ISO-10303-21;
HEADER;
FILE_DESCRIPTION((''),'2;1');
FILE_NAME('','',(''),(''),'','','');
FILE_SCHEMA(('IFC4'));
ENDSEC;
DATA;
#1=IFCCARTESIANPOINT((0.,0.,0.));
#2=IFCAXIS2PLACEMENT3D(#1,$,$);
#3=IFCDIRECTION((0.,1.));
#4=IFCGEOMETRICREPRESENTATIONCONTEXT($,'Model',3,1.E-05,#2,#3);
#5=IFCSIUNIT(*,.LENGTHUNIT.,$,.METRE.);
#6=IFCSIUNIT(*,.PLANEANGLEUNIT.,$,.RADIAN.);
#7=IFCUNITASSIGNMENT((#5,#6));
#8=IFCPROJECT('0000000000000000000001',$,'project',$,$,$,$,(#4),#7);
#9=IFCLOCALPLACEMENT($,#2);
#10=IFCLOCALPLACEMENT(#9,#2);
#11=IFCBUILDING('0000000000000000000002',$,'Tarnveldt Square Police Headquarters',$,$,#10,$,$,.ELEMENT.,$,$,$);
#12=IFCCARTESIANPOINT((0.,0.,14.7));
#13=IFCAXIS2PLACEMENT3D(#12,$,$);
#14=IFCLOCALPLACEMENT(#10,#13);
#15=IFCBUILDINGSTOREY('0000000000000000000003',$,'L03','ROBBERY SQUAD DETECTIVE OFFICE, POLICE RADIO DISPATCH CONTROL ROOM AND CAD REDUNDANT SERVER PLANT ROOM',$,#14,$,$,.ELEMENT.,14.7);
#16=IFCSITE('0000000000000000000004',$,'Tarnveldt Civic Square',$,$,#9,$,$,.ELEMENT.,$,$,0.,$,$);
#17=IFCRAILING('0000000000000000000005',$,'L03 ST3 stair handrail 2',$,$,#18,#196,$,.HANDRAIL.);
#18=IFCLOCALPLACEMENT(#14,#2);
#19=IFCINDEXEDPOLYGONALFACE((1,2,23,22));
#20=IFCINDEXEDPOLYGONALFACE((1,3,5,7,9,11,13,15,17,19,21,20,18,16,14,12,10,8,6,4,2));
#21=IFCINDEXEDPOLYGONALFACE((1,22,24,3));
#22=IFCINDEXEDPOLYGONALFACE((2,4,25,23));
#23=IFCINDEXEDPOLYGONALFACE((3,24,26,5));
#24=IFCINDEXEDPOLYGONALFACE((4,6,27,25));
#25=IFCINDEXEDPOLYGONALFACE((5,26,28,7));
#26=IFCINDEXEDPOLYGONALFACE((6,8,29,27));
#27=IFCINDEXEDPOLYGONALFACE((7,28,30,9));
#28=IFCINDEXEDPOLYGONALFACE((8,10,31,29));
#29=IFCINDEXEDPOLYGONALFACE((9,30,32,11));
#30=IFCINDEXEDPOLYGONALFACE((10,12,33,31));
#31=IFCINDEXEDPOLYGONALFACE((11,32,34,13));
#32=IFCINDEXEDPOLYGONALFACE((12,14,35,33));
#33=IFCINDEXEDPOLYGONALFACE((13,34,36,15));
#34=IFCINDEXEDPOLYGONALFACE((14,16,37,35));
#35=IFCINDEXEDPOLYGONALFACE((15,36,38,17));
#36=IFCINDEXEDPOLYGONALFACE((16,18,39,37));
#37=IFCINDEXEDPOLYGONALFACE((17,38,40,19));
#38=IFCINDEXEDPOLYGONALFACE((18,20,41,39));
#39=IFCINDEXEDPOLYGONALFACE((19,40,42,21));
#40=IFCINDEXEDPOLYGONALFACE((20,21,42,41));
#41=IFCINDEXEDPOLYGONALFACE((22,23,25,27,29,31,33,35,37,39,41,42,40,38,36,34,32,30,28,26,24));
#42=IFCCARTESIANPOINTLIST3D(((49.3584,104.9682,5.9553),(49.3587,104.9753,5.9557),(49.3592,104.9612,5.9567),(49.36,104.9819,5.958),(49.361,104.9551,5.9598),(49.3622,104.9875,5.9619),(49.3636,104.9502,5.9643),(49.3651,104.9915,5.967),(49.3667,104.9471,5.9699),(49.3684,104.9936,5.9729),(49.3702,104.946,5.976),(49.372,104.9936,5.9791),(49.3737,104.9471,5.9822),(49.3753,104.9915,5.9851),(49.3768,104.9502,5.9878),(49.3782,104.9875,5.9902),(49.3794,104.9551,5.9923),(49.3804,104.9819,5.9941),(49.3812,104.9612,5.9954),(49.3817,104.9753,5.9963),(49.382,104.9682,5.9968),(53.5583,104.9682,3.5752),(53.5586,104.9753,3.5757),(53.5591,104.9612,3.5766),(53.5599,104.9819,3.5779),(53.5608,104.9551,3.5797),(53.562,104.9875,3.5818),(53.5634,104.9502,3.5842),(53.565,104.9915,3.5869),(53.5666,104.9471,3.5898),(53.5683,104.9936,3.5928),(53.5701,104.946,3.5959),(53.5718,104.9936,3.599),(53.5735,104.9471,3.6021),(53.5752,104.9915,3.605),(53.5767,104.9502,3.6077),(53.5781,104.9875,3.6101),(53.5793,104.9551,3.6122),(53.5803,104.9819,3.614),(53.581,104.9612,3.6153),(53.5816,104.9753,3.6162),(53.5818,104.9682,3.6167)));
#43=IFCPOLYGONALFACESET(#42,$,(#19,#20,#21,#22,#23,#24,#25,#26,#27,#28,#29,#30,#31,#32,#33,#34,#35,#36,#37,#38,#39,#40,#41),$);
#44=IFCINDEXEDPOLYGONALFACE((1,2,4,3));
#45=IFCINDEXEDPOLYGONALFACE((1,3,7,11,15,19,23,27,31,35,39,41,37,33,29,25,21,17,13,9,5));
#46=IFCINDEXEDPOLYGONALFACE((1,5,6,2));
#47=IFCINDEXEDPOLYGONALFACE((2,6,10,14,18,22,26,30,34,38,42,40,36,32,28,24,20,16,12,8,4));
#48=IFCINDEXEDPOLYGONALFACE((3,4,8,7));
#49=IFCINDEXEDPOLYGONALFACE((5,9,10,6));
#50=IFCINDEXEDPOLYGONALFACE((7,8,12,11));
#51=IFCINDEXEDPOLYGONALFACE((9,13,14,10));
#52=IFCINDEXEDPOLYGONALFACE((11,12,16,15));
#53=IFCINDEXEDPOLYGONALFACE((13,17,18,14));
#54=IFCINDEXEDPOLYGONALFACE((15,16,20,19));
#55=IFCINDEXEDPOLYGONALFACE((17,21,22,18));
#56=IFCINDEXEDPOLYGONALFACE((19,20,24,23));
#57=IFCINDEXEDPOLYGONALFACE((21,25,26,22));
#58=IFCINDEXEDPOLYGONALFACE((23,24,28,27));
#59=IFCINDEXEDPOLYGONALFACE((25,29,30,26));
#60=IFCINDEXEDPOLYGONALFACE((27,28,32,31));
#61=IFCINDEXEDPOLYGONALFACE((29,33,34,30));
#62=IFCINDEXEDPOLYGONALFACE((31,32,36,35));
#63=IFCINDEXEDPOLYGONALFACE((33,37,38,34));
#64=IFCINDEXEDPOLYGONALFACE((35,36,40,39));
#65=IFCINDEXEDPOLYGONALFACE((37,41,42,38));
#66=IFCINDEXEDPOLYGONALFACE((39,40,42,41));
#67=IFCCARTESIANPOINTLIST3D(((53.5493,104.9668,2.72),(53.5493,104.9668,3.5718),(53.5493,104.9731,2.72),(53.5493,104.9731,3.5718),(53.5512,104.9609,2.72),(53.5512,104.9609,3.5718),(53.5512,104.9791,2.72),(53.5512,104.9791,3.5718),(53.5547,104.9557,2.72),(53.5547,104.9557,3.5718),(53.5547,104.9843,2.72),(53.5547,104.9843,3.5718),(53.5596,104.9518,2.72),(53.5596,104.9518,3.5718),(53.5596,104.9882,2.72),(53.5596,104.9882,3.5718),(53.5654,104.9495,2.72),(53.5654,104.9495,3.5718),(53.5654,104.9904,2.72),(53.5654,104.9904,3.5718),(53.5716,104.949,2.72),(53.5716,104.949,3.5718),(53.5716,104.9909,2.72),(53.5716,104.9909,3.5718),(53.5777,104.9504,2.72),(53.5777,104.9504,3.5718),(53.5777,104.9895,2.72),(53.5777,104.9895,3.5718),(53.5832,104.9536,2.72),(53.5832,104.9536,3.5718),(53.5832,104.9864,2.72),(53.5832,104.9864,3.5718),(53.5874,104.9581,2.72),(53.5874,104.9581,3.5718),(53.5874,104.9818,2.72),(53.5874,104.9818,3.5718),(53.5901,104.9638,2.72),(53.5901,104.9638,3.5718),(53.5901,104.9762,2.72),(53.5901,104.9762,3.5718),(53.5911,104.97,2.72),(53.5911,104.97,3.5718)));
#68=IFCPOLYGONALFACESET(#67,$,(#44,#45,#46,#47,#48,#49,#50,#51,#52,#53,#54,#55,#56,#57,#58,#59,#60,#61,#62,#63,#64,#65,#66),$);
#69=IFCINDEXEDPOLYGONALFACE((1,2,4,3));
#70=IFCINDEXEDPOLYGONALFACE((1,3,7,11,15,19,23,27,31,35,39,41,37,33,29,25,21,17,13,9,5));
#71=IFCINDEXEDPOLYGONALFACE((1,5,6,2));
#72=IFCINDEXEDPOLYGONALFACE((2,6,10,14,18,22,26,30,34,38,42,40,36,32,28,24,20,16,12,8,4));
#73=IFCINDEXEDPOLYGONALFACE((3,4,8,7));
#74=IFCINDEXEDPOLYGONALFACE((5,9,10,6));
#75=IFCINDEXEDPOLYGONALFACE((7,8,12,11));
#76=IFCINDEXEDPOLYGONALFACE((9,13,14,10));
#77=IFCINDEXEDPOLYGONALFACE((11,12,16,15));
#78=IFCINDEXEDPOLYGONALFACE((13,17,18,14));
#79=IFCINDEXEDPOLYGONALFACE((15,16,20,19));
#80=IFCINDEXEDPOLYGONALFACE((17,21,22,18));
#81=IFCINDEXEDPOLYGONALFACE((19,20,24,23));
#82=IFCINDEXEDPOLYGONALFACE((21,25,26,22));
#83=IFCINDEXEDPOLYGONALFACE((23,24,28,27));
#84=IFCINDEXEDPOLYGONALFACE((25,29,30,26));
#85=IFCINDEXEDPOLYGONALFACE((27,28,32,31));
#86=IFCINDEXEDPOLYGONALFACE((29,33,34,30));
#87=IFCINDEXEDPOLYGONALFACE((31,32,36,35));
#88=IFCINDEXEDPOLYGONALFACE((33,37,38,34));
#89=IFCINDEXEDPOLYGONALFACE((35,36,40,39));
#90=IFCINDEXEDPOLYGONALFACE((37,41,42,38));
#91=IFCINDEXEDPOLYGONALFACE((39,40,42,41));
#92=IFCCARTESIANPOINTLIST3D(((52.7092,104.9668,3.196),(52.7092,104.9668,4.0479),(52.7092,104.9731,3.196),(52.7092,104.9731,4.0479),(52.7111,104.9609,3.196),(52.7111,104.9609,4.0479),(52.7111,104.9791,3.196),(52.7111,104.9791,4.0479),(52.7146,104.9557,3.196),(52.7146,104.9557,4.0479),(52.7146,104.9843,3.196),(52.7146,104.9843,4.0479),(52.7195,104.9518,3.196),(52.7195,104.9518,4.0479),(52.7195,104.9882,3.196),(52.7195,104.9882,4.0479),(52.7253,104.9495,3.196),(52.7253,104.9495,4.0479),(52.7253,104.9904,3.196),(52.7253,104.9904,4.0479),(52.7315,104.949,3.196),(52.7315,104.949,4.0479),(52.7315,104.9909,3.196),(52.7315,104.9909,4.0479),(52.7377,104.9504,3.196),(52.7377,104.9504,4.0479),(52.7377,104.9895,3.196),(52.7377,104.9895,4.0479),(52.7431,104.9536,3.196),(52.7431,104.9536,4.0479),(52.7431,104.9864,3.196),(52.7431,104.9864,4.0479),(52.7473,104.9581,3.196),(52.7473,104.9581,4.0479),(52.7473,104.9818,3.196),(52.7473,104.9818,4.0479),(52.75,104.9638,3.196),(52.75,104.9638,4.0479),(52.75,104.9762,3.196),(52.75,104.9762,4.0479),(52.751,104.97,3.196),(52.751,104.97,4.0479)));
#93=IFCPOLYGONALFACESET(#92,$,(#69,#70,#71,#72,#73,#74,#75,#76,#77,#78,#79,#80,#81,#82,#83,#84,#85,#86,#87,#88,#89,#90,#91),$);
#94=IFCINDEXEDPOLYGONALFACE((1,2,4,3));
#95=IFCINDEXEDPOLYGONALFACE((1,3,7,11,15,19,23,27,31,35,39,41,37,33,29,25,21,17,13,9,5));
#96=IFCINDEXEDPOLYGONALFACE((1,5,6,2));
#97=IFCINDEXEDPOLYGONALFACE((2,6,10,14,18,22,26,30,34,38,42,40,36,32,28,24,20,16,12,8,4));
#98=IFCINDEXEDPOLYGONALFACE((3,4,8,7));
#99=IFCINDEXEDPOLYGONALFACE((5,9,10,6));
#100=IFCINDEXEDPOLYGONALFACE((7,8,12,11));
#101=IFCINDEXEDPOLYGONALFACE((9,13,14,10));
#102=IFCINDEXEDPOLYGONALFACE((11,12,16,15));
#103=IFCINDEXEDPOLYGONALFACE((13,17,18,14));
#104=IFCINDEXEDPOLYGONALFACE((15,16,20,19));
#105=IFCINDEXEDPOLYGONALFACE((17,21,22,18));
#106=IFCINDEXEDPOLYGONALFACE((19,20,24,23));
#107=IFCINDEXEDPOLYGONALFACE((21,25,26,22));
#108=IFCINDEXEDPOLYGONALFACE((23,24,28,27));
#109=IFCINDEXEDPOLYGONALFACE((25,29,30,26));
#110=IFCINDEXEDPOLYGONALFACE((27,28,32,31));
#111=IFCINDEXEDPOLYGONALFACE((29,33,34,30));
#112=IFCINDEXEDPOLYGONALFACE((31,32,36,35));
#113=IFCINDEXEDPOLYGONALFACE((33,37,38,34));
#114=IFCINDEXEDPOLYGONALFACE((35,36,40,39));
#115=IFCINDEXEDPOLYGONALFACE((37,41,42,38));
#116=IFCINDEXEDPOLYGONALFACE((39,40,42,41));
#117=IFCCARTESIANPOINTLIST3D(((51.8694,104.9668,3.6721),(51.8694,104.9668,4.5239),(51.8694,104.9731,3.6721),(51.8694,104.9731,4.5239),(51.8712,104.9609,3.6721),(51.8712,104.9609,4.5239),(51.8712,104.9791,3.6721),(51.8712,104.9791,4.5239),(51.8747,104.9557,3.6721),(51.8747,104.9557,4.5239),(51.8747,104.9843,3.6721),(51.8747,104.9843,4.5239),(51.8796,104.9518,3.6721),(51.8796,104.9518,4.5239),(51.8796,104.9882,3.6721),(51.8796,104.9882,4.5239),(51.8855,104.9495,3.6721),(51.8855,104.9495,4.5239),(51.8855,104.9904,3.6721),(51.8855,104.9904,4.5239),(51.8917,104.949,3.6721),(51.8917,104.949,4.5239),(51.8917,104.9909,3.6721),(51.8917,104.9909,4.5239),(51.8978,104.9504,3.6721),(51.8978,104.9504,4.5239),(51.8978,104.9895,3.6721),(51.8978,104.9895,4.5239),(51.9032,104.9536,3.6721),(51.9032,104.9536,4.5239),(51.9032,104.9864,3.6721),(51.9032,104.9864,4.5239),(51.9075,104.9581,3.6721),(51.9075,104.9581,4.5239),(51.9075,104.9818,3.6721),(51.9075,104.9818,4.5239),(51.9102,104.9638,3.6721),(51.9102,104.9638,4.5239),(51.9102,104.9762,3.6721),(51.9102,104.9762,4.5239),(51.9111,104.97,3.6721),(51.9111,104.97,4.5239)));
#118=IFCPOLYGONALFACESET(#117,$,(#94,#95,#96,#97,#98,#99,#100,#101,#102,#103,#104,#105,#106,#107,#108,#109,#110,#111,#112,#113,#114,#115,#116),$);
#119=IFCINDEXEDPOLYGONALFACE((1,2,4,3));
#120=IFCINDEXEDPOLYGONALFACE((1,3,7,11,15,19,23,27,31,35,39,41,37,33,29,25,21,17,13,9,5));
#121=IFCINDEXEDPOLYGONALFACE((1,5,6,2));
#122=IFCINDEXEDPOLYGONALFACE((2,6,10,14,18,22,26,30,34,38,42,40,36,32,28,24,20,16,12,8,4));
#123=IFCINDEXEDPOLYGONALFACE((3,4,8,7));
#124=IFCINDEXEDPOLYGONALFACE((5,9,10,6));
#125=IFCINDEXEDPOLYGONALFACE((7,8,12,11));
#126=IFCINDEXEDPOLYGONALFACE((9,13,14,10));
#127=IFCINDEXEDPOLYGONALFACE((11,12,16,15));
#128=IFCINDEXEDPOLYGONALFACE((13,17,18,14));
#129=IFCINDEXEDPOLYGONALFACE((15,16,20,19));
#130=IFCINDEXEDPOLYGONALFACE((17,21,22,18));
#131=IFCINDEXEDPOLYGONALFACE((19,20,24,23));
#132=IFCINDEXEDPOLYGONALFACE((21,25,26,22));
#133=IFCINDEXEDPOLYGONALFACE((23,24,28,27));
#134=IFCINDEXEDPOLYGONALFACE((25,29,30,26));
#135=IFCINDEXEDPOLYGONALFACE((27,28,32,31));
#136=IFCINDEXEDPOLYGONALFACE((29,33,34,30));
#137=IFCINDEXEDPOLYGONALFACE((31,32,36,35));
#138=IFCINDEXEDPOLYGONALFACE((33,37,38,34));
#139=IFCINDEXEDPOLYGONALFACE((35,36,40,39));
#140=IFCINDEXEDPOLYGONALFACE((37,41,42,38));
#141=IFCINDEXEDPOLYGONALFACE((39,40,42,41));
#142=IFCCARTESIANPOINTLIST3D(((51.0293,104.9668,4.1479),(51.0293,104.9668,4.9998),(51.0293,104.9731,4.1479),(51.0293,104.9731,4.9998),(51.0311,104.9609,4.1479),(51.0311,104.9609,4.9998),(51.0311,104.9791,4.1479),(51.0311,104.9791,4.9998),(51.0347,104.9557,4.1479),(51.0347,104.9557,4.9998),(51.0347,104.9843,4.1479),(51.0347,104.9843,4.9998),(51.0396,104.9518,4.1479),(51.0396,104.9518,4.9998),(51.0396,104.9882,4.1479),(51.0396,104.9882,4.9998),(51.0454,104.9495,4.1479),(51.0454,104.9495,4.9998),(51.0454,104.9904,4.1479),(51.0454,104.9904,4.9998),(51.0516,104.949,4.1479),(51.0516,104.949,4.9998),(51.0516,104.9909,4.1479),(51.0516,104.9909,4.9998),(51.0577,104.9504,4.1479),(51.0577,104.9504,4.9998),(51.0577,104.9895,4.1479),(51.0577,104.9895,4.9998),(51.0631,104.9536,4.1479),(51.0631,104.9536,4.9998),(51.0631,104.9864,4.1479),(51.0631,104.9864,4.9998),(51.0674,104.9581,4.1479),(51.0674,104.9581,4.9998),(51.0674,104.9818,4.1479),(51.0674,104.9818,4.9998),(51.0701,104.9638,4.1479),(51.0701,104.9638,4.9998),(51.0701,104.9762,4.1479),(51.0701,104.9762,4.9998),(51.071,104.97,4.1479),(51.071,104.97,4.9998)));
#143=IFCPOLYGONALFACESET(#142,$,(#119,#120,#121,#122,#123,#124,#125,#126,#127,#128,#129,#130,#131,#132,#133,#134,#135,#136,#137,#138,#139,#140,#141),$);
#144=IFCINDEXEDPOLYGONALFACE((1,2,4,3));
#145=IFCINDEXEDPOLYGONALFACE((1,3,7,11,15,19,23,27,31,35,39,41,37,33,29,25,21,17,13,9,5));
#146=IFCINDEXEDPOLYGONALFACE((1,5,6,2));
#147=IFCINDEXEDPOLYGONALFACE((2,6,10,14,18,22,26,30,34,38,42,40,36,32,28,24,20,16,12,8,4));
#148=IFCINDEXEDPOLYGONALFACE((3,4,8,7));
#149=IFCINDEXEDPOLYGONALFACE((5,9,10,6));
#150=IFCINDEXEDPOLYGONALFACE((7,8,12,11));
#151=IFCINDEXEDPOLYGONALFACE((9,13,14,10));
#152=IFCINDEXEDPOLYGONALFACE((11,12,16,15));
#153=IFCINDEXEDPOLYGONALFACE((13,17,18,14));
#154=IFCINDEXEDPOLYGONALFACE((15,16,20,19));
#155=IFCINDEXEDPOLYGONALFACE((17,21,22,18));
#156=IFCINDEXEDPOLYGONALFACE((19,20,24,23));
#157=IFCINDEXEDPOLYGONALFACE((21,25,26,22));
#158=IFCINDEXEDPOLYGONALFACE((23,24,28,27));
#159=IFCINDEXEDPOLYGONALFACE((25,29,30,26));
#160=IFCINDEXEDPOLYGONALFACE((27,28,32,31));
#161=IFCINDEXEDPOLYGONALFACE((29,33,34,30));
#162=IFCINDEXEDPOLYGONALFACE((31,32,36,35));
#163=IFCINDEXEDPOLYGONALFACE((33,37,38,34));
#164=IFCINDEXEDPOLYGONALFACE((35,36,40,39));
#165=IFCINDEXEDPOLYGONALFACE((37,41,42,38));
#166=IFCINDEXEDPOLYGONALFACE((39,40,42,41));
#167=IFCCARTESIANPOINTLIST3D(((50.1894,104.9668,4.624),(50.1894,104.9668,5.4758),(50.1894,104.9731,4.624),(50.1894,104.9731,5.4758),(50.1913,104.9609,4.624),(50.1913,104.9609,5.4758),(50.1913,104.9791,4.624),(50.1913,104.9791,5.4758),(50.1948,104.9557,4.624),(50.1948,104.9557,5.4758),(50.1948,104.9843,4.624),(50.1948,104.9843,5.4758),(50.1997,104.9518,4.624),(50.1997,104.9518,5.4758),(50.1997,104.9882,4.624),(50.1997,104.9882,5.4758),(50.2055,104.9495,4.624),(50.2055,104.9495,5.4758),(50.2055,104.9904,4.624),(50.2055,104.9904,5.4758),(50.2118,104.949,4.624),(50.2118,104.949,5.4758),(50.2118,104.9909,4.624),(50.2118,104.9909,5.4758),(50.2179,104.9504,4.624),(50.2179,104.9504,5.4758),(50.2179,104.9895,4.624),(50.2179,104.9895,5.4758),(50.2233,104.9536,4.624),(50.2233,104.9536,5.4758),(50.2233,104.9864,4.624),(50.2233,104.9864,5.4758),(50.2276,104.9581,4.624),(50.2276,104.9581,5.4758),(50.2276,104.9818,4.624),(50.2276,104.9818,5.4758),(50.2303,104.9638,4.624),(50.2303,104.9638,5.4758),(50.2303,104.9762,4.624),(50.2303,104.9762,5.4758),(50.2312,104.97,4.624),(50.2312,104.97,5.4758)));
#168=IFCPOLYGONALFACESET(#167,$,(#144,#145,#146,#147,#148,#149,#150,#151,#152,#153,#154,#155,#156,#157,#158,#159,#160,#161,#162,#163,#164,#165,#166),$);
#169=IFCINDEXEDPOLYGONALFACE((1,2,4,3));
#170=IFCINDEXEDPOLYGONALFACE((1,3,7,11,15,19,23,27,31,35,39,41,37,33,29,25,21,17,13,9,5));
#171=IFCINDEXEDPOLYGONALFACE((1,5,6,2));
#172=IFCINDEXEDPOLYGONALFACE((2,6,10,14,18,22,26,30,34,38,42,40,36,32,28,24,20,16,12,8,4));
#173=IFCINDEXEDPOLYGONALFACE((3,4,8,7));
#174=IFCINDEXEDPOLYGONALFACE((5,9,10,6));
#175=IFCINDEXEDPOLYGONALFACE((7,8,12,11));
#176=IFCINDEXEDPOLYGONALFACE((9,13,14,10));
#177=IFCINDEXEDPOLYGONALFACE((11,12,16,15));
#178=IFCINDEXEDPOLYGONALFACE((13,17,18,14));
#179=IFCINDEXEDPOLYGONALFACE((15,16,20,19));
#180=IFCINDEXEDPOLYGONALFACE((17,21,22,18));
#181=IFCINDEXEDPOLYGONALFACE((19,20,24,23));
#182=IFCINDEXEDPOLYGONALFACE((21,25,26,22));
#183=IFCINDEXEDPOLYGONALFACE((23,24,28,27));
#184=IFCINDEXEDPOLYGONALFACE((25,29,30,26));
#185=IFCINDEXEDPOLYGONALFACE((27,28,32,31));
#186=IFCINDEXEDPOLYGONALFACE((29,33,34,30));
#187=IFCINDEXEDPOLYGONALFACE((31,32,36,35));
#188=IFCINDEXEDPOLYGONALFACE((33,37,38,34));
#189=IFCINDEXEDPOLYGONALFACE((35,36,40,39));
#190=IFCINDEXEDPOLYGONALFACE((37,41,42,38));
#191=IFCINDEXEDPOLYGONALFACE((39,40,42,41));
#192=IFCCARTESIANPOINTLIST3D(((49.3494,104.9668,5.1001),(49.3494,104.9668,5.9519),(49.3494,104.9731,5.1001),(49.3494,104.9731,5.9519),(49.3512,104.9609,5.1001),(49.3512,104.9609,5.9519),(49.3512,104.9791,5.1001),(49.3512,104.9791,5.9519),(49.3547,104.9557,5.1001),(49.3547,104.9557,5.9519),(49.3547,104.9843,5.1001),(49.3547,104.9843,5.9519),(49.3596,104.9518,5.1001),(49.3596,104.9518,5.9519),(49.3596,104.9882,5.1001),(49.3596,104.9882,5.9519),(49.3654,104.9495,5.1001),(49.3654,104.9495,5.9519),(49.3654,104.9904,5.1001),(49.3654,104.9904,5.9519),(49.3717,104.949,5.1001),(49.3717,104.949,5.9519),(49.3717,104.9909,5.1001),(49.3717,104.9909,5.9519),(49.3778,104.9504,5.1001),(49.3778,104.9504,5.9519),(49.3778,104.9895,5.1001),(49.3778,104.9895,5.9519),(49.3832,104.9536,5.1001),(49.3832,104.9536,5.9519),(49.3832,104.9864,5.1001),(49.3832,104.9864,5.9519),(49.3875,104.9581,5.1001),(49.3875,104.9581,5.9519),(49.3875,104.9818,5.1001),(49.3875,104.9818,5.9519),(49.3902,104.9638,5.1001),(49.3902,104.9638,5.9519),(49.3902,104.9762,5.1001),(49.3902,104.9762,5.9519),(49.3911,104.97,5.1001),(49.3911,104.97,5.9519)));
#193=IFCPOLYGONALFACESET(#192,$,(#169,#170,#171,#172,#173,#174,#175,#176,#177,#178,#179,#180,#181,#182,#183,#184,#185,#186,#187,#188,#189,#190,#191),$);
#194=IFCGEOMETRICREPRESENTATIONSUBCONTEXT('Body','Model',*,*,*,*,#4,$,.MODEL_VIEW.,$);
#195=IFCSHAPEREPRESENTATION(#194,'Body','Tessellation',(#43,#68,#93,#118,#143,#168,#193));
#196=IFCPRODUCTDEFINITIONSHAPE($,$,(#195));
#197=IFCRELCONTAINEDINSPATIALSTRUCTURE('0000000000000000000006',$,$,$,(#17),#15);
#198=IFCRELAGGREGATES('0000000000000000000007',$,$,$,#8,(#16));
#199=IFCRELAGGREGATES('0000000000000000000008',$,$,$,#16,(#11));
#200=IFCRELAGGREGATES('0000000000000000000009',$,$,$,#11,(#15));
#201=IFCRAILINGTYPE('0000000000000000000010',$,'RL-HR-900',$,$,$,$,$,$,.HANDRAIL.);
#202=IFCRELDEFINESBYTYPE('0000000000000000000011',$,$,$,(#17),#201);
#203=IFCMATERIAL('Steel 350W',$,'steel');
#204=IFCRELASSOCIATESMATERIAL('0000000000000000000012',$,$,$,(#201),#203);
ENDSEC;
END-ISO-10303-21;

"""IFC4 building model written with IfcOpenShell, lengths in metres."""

from ifc_helpers import new_model, si_unit, direction, frame, origin, origin_2d, place, context, subcontext, project, spatial, circle, extrude, material, type_object, element, save


model = new_model("IFC4")

# Units and contexts
model_context = context("Model", 3, precision=1e-05, world=origin(), true_north=direction((0.0, 1.0)))
body_context = subcontext(model_context, "Body", "Model", "MODEL_VIEW")
ifc_project = project(units=[si_unit("LENGTHUNIT", "METRE"), si_unit("PLANEANGLEUNIT", "RADIAN")], contexts=[model_context])

# Site, building, storey
site_placement = place(None, origin())
site = spatial("IfcSite", under=ifc_project, at=site_placement, Name="Tarnveldt Civic Square", CompositionType="ELEMENT", RefElevation=0.0)
building_placement = place(site_placement, origin())
building = spatial("IfcBuilding", under=site, at=building_placement, Name="Tarnveldt Square Police Headquarters", CompositionType="ELEMENT")
storey_placement = place(building_placement, frame((0.0, 0.0, 14.7)))
storey = spatial("IfcBuildingStorey", under=building, at=storey_placement, Name="L03", Description="ROBBERY SQUAD DETECTIVE OFFICE, POLICE RADIO DISPATCH CONTROL ROOM AND CAD REDUNDANT SERVER PLANT ROOM", CompositionType="ELEMENT", Elevation=14.7)

# Shared definitions
ifc_material_1 = material(Name="Steel 350W", Category="steel")

# Railing
railing_type_1 = type_object("IfcRailingType", Name="RL-HR-900", PredefinedType="HANDRAIL", material=ifc_material_1)
railing_1_placement = place(storey_placement, frame((53.5701, 104.97, 2.72)))
element("IfcRailing", 1, at=railing_1_placement, inside=storey, type_object=railing_type_1, Name="L03 ST3 stair handrail 2", PredefinedType="HANDRAIL", context=body_context, shape_type="SweptSolid", body=[
    extrude(circle(Radius=0.0239, at=origin_2d()), frame((0.0, 0.0, 0.876), z_axis=(-0.870008, 0.0, 0.493037), x_axis=(0.0, -1.0, 0.0)), (0.0, 0.0, 1.0), 4.8274),
    extrude(circle(Radius=0.021, at=origin_2d()), origin(), (0.0, 0.0, 1.0), 0.8518),
    extrude(circle(Radius=0.021, at=origin_2d()), frame((-0.8401, 0.0, 0.4761)), (0.0, 0.0, 1.0), 0.8518),
    extrude(circle(Radius=0.021, at=origin_2d()), frame((-1.6799, 0.0, 0.9521)), (0.0, 0.0, 1.0), 0.8518),
    extrude(circle(Radius=0.021, at=origin_2d()), frame((-2.52, 0.0, 1.428)), (0.0, 0.0, 1.0), 0.8518),
    extrude(circle(Radius=0.021, at=origin_2d()), frame((-3.3599, 0.0, 1.9041)), (0.0, 0.0, 1.0), 0.8518),
    extrude(circle(Radius=0.021, at=origin_2d()), frame((-4.2, 0.0, 2.3801)), (0.0, 0.0, 1.0), 0.8518),
])

save(model, "model.ifc")
